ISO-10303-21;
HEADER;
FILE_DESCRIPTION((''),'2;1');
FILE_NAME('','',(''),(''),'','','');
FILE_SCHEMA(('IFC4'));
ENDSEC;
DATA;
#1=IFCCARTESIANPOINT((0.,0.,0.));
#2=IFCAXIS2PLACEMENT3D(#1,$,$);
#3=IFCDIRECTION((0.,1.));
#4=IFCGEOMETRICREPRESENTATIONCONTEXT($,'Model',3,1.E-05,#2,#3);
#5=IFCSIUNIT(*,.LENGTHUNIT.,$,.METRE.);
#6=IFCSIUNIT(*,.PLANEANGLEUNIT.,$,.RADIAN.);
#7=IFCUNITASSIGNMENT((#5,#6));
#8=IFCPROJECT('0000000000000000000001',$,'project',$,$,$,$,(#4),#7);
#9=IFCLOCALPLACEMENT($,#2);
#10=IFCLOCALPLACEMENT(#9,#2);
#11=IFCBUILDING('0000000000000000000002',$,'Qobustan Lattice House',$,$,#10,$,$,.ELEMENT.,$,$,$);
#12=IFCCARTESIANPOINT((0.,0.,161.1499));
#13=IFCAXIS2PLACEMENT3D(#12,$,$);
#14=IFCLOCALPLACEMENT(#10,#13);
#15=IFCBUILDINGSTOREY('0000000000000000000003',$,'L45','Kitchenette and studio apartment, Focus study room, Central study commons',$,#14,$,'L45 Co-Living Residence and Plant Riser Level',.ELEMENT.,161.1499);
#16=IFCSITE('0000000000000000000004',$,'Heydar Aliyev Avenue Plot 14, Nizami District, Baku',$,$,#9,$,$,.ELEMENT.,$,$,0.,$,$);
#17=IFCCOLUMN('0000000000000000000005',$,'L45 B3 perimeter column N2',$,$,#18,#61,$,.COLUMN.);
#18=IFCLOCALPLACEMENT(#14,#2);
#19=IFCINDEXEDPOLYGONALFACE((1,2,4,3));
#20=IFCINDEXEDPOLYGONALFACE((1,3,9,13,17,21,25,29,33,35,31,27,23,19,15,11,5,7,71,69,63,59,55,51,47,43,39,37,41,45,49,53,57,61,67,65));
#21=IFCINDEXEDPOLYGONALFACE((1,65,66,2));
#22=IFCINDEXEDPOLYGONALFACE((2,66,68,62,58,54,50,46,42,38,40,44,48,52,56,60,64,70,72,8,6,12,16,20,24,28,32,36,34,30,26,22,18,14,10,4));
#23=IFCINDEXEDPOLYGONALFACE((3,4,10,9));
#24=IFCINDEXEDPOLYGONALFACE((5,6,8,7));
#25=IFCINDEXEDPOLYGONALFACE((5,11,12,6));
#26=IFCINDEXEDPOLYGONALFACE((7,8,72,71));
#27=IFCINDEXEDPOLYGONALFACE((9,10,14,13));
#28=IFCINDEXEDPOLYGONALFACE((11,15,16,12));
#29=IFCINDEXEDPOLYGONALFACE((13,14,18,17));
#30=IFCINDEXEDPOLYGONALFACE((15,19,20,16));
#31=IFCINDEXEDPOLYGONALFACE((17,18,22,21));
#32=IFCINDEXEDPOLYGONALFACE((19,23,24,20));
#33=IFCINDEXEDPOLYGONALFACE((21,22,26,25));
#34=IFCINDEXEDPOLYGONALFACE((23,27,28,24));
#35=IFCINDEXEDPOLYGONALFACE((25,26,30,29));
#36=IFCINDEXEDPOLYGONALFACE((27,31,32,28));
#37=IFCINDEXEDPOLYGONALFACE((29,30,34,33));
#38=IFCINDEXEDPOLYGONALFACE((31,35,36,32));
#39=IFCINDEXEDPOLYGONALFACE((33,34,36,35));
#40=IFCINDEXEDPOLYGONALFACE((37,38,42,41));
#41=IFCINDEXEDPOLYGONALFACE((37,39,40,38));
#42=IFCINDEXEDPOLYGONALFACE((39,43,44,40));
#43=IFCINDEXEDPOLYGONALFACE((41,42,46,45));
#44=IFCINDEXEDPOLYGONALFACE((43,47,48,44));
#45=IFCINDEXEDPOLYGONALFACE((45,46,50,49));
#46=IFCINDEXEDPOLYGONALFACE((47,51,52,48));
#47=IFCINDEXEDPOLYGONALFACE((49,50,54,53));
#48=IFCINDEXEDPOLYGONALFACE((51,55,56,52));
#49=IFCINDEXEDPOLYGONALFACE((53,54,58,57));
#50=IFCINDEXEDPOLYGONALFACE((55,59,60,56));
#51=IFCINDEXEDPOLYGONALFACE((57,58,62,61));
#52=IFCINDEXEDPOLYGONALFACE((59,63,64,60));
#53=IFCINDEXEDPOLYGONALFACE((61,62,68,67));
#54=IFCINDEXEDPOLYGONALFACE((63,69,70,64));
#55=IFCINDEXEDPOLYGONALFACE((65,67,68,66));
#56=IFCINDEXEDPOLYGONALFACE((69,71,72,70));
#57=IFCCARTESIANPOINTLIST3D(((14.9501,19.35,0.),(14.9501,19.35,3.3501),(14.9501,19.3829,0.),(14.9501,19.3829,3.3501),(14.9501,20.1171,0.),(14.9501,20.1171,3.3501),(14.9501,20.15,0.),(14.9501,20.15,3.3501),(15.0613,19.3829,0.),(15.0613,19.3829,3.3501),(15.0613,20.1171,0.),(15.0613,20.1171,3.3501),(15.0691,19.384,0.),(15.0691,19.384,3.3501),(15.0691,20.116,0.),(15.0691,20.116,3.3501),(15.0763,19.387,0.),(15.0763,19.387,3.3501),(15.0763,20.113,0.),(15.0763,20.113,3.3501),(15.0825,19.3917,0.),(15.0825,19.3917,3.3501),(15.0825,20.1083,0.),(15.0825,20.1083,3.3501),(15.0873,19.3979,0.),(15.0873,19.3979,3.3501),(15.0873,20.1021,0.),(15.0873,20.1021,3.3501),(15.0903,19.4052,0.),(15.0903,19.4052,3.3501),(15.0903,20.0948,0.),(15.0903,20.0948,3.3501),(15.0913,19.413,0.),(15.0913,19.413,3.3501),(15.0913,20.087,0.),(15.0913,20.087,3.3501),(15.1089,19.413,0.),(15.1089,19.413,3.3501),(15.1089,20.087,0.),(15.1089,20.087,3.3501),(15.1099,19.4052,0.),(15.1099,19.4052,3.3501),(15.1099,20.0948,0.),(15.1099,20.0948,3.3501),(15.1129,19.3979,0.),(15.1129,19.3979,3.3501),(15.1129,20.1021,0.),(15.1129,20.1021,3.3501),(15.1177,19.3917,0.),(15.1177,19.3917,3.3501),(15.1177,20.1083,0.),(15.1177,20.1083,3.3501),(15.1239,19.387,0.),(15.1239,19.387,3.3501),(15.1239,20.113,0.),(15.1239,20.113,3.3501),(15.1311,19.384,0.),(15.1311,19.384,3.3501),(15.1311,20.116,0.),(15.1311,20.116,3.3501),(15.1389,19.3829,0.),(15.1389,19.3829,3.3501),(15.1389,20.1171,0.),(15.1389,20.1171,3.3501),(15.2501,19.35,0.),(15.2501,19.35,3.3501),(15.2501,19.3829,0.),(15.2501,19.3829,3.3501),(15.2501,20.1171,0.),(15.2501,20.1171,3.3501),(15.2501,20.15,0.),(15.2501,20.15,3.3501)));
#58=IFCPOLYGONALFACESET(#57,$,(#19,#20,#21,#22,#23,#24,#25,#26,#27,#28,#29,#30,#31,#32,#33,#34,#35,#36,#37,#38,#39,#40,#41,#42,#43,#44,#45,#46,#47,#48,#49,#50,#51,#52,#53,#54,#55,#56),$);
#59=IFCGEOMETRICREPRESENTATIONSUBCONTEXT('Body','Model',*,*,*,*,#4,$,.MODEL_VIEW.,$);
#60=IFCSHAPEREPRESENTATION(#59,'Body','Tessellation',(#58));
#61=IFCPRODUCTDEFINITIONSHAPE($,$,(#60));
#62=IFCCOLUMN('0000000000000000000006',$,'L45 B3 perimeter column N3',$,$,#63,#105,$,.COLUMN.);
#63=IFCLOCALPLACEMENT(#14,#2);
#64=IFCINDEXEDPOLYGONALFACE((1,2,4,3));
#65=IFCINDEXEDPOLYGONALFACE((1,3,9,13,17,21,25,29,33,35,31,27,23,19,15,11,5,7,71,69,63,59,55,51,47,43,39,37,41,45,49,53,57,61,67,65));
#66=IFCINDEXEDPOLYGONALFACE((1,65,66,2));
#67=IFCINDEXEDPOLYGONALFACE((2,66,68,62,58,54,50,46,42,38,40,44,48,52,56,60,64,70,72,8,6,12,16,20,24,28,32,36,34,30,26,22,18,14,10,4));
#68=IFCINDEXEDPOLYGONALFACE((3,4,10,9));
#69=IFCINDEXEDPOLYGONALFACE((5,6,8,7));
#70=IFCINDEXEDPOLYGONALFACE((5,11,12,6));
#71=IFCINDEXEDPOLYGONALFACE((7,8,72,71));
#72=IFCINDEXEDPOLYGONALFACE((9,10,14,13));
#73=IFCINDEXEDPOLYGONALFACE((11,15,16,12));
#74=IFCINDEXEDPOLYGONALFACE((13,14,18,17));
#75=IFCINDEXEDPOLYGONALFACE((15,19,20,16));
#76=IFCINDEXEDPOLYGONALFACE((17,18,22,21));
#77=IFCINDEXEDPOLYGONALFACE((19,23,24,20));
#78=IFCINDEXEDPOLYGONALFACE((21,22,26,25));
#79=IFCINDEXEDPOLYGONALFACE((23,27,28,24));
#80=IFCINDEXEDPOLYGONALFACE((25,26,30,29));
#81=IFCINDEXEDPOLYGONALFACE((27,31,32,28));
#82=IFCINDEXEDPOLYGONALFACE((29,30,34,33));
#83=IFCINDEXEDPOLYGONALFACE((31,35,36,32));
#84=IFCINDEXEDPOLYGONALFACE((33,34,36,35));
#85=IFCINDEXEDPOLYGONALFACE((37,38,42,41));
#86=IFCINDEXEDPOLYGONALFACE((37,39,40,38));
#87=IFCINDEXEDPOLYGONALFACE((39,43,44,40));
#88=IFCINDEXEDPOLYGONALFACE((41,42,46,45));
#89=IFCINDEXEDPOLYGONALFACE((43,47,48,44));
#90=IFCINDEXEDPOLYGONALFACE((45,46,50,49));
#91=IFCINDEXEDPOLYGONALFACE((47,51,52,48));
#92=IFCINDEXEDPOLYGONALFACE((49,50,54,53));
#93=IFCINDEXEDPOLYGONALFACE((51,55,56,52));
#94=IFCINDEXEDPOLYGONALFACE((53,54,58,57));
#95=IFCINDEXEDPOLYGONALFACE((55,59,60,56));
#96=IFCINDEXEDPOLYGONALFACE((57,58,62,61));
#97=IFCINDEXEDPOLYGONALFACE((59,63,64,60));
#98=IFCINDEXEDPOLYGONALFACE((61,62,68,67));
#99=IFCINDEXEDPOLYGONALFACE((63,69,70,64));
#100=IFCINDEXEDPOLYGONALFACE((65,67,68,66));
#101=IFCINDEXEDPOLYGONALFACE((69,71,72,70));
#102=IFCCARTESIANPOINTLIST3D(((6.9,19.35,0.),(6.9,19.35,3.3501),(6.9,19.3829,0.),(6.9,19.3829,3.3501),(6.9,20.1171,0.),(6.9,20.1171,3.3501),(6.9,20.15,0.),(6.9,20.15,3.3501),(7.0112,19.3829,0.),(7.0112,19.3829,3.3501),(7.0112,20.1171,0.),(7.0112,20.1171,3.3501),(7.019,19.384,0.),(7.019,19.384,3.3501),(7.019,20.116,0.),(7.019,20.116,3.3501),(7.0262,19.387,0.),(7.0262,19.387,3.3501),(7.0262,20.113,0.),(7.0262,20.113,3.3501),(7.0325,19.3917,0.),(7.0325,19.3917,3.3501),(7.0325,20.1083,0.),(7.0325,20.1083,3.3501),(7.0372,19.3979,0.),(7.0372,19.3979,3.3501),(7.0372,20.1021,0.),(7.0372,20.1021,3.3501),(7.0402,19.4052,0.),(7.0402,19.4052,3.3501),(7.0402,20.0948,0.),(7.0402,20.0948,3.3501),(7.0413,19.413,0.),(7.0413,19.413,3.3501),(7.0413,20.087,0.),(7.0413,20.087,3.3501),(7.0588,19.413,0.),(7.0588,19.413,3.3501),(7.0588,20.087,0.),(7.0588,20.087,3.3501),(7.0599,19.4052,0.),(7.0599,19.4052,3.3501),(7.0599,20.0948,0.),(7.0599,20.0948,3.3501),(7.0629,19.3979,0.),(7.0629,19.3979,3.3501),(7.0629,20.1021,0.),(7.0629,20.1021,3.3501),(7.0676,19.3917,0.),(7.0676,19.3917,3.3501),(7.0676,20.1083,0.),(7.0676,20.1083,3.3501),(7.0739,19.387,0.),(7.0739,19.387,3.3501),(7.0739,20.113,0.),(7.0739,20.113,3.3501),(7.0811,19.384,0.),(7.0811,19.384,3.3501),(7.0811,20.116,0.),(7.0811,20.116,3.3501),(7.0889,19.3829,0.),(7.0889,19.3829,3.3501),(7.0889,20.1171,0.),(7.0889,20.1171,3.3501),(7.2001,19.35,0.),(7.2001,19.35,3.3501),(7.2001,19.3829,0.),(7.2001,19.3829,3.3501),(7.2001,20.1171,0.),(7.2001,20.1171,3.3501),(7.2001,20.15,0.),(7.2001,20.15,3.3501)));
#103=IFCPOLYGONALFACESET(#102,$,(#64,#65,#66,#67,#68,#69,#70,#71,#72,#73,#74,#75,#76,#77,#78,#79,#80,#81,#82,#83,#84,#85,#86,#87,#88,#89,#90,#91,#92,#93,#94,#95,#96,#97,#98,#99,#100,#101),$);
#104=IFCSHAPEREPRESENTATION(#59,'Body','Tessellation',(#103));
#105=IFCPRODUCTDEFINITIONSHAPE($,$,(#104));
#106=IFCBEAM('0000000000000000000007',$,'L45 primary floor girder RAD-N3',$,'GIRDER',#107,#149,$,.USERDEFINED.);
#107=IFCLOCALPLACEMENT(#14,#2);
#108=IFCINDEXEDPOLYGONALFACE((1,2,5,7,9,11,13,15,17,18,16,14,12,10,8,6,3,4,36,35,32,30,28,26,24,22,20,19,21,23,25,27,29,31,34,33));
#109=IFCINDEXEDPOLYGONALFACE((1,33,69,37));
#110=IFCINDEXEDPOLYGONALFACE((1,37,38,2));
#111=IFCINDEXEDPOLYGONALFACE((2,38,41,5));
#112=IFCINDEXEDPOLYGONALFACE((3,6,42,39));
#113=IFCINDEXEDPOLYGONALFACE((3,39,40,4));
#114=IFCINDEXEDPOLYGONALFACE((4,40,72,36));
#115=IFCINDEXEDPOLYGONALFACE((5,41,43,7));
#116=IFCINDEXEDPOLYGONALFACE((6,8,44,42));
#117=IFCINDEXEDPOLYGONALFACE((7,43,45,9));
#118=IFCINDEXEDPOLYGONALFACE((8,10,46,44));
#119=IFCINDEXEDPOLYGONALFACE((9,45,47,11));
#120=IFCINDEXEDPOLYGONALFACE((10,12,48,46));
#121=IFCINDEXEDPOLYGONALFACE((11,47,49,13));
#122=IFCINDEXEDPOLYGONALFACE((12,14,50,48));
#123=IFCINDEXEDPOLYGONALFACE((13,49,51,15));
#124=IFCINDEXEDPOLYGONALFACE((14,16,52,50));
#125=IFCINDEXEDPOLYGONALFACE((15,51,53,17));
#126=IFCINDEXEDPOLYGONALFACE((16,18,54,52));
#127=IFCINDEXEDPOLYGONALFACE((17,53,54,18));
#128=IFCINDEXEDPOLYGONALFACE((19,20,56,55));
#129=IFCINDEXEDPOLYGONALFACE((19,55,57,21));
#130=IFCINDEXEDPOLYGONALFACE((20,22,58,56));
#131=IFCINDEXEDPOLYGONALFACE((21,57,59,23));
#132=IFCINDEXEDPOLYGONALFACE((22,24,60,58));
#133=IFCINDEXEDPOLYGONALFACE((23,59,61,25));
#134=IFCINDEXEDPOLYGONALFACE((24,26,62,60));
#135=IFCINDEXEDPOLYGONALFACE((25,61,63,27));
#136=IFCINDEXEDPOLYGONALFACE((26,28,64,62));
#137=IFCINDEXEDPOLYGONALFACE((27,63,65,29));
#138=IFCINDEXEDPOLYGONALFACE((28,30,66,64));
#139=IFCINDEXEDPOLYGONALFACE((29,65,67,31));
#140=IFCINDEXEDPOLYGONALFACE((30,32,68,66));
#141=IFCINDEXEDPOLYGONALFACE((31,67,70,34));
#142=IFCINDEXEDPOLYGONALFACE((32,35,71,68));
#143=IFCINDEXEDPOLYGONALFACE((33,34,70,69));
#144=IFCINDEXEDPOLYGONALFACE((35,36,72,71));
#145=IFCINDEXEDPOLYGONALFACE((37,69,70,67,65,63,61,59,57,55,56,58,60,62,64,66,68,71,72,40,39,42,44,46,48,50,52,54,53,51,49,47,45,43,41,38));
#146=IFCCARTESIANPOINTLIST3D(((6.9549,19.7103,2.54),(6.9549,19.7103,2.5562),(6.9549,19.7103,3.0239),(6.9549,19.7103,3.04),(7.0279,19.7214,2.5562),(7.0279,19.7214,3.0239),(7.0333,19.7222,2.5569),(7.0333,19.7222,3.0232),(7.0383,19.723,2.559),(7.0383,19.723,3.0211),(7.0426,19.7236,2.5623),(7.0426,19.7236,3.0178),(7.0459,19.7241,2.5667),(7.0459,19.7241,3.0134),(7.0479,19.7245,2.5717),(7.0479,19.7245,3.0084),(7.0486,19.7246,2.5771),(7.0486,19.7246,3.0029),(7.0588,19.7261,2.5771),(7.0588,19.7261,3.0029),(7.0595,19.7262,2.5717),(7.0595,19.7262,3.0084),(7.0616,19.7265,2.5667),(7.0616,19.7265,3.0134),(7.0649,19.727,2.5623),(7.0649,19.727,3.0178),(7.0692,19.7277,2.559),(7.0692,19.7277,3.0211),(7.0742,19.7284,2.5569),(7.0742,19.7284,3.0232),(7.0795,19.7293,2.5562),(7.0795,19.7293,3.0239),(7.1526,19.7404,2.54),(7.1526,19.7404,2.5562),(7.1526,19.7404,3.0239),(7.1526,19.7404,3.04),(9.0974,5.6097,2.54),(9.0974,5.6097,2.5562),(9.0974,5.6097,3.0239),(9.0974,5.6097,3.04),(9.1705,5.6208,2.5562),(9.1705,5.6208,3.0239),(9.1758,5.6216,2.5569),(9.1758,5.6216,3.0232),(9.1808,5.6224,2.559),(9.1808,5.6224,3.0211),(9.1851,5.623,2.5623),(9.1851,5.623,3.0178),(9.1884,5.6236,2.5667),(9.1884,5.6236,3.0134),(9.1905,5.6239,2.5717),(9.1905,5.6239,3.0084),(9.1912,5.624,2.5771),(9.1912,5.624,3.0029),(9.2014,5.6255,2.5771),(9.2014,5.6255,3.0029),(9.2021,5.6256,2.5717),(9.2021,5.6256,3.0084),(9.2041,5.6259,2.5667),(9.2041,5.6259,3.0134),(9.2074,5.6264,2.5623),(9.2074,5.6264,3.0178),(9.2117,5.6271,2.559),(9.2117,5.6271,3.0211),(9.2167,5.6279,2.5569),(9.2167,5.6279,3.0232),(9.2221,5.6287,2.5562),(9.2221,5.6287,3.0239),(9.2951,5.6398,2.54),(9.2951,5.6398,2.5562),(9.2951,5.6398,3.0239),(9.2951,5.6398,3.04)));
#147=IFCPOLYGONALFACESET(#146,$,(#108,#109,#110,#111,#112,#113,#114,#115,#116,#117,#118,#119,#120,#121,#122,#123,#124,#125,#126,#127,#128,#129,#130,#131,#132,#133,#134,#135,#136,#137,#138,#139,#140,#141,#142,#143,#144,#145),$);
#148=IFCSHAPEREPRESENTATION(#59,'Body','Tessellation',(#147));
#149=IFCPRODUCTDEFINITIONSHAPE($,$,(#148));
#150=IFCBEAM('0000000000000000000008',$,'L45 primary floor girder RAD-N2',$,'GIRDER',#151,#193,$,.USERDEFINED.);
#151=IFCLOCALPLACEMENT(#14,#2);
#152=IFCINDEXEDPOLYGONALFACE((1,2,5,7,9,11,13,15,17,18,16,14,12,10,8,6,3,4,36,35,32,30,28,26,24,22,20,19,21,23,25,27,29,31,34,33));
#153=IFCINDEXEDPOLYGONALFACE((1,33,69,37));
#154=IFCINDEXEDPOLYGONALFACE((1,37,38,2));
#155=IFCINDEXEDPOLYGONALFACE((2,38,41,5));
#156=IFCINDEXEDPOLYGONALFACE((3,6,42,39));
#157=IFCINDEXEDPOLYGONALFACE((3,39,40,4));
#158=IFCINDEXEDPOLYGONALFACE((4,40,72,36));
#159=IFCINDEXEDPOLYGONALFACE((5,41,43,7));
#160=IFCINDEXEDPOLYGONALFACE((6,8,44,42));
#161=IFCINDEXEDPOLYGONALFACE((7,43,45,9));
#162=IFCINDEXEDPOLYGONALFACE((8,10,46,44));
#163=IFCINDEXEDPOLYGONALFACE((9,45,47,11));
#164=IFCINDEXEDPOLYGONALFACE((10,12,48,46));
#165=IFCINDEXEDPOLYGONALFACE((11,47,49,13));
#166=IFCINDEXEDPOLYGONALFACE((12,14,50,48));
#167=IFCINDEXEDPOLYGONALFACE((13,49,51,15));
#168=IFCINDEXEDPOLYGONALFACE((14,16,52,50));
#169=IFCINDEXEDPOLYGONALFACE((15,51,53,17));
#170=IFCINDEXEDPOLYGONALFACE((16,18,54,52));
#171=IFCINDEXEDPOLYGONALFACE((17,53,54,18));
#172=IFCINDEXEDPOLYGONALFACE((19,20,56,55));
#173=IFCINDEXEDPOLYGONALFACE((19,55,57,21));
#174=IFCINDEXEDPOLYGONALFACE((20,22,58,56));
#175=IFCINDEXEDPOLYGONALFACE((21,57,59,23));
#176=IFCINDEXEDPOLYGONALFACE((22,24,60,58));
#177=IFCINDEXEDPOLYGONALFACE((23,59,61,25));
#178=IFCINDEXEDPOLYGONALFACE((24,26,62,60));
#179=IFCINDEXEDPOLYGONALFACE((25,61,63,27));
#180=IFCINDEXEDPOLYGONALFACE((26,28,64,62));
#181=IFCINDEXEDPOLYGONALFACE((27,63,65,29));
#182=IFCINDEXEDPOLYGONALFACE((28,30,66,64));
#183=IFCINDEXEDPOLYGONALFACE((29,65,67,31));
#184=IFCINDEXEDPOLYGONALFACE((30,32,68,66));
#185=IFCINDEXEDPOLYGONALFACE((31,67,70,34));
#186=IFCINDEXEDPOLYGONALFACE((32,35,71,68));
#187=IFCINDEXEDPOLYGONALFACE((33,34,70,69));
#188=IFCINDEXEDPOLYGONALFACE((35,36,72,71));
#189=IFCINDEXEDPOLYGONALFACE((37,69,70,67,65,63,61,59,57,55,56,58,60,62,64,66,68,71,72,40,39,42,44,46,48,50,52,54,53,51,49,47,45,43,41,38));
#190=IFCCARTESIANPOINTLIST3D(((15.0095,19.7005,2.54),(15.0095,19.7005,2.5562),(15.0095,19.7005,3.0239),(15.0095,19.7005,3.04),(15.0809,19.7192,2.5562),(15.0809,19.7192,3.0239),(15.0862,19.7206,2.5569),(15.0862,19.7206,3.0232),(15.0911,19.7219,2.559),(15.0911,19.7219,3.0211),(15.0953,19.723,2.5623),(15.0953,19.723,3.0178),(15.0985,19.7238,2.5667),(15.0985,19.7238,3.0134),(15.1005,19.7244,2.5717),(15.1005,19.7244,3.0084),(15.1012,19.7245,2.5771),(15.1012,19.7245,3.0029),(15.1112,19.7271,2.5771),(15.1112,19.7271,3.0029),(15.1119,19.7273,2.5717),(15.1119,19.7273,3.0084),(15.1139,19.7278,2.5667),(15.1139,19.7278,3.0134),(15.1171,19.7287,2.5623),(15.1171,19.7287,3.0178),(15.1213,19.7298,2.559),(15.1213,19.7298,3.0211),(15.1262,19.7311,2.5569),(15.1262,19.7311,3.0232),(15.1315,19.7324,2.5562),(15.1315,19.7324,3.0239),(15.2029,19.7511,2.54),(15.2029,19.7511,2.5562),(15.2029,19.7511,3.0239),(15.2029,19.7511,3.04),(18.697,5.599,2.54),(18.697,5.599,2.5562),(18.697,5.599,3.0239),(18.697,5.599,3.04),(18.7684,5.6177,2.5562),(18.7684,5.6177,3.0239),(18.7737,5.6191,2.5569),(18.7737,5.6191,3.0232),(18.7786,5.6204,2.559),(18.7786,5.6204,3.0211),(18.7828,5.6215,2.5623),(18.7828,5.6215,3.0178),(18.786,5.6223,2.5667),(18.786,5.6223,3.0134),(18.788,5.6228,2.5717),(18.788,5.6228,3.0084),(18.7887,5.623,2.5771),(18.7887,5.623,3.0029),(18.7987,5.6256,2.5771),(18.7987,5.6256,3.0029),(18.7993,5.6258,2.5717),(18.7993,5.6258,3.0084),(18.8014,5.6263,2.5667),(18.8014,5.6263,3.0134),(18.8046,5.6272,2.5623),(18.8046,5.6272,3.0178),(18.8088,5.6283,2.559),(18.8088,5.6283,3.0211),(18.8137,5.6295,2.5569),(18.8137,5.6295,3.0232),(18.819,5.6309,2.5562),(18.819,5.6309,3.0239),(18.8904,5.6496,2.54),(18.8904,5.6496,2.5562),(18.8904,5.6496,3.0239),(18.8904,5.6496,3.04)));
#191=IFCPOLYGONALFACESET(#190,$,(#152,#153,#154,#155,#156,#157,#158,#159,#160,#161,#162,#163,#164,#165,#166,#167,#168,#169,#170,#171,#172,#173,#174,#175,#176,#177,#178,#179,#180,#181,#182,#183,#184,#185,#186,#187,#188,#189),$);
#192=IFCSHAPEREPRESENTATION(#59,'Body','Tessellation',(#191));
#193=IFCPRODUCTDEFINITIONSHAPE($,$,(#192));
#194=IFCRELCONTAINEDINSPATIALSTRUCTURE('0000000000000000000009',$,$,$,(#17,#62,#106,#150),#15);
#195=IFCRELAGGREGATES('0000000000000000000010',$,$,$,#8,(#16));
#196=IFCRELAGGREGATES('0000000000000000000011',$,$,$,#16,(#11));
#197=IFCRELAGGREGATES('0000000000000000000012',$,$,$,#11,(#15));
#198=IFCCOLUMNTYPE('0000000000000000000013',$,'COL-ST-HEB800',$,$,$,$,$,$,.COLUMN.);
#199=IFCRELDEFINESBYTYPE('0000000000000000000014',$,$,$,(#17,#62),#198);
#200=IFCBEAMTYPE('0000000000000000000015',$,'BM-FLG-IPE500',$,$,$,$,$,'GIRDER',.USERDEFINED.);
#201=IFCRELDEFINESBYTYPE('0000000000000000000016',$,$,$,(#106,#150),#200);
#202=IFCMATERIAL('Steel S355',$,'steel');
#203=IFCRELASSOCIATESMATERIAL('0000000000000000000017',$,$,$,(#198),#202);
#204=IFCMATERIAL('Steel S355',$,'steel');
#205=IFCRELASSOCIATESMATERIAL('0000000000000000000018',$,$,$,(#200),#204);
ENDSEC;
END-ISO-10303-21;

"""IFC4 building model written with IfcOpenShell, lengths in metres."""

from ifc_helpers import new_model, si_unit, direction, frame, origin, origin_2d, place, context, subcontext, project, spatial, i_section, extrude, material, material_profile, profile_set, type_object, element, save


model = new_model("IFC4")

# Units and contexts
model_context = context("Model", 3, precision=1e-05, world=origin(), true_north=direction((0.0, 1.0)))
body_context = subcontext(model_context, "Body", "Model", "MODEL_VIEW")
ifc_project = project(units=[si_unit("LENGTHUNIT", "METRE"), si_unit("PLANEANGLEUNIT", "RADIAN")], contexts=[model_context])

# Site, building, storey
site_placement = place(None, origin())
site = spatial("IfcSite", under=ifc_project, at=site_placement, Name="Heydar Aliyev Avenue Plot 14, Nizami District, Baku", CompositionType="ELEMENT", RefElevation=0.0)
building_placement = place(site_placement, origin())
building = spatial("IfcBuilding", under=site, at=building_placement, Name="Qobustan Lattice House", CompositionType="ELEMENT")
storey_placement = place(building_placement, frame((0.0, 0.0, 161.1499)))
storey = spatial("IfcBuildingStorey", under=building, at=storey_placement, Name="L45", Description="Kitchenette and studio apartment, Focus study room, Central study commons", LongName="L45 Co-Living Residence and Plant Riser Level", CompositionType="ELEMENT", Elevation=161.1499)

# Columns
ifc_material_1 = material(Name="Steel S355", Category="steel")
ifc_material_profile_1 = material_profile(ifc_material_1, i_section(OverallWidth=0.3, OverallDepth=0.8, WebThickness=0.0176, FlangeThickness=0.033, FilletRadius=0.03, at=origin_2d()), Name="HEB800")
ifc_profile_set_1 = profile_set([ifc_material_profile_1], Name="Steel S355")
column_type = type_object("IfcColumnType", Name="COL-ST-HEB800", PredefinedType="COLUMN", material=ifc_profile_set_1)
for number, where, z_axis, x_axis, name in (
    (1, (15.1001, 19.75, 0.0), (0.0, 0.0, 1.0), (1.0, 0.0, 0.0), "L45 B3 perimeter column N2"),
    (2, (7.05, 19.75, 0.0), (0.0, 0.0, 1.0), (1.0, 0.0, 0.0), "L45 B3 perimeter column N3"),
):
    element("IfcColumn", number, at=place(storey_placement, frame(where, z_axis=z_axis, x_axis=x_axis)), inside=storey, type_object=column_type, Name=name, PredefinedType="COLUMN", context=body_context, shape_type="SweptSolid", body=[
        extrude(i_section(OverallWidth=0.3, OverallDepth=0.8, WebThickness=0.0176, FlangeThickness=0.033, FilletRadius=0.03, at=origin_2d()), origin(), (0.0, 0.0, 1.0), 3.3501),
    ])

# Beams
ifc_material_2 = material(Name="Steel S355", Category="steel")
ifc_material_profile_2 = material_profile(ifc_material_2, i_section(OverallWidth=0.2, OverallDepth=0.5, WebThickness=0.0103, FlangeThickness=0.0161, FilletRadius=0.021, at=origin_2d()), Name="IPE500")
ifc_profile_set_2 = profile_set([ifc_material_profile_2], Name="Steel S355")
beam_type_1 = type_object("IfcBeamType", Name="BM-FLG-IPE500", ElementType="GIRDER", PredefinedType="USERDEFINED", material=ifc_profile_set_2)
beam_1_placement = place(storey_placement, frame((7.0537, 19.7253, 2.79), z_axis=(0.150225, -0.988652, 0.0), x_axis=(0.988652, 0.150225, 0.0)))
element("IfcBeam", 3, at=beam_1_placement, inside=storey, type_object=beam_type_1, Name="L45 primary floor girder RAD-N3", ObjectType="GIRDER", PredefinedType="USERDEFINED", context=body_context, shape_type="SweptSolid", body=[
    extrude(i_section(OverallWidth=0.2, OverallDepth=0.5, WebThickness=0.0103, FlangeThickness=0.0161, FilletRadius=0.021, at=origin_2d()), origin(), (0.0, 0.0, 1.0), 14.2625),
])
beam_2_placement = place(storey_placement, frame((15.1062, 19.7258, 2.79), z_axis=(0.252989, -0.967469, 0.0), x_axis=(0.967469, 0.252989, 0.0)))
element("IfcBeam", 4, at=beam_2_placement, inside=storey, type_object=beam_type_1, Name="L45 primary floor girder RAD-N2", ObjectType="GIRDER", PredefinedType="USERDEFINED", context=body_context, shape_type="SweptSolid", body=[
    extrude(i_section(OverallWidth=0.2, OverallDepth=0.5, WebThickness=0.0103, FlangeThickness=0.0161, FilletRadius=0.021, at=origin_2d()), origin(), (0.0, 0.0, 1.0), 14.5757),
])

save(model, "model.ifc")
